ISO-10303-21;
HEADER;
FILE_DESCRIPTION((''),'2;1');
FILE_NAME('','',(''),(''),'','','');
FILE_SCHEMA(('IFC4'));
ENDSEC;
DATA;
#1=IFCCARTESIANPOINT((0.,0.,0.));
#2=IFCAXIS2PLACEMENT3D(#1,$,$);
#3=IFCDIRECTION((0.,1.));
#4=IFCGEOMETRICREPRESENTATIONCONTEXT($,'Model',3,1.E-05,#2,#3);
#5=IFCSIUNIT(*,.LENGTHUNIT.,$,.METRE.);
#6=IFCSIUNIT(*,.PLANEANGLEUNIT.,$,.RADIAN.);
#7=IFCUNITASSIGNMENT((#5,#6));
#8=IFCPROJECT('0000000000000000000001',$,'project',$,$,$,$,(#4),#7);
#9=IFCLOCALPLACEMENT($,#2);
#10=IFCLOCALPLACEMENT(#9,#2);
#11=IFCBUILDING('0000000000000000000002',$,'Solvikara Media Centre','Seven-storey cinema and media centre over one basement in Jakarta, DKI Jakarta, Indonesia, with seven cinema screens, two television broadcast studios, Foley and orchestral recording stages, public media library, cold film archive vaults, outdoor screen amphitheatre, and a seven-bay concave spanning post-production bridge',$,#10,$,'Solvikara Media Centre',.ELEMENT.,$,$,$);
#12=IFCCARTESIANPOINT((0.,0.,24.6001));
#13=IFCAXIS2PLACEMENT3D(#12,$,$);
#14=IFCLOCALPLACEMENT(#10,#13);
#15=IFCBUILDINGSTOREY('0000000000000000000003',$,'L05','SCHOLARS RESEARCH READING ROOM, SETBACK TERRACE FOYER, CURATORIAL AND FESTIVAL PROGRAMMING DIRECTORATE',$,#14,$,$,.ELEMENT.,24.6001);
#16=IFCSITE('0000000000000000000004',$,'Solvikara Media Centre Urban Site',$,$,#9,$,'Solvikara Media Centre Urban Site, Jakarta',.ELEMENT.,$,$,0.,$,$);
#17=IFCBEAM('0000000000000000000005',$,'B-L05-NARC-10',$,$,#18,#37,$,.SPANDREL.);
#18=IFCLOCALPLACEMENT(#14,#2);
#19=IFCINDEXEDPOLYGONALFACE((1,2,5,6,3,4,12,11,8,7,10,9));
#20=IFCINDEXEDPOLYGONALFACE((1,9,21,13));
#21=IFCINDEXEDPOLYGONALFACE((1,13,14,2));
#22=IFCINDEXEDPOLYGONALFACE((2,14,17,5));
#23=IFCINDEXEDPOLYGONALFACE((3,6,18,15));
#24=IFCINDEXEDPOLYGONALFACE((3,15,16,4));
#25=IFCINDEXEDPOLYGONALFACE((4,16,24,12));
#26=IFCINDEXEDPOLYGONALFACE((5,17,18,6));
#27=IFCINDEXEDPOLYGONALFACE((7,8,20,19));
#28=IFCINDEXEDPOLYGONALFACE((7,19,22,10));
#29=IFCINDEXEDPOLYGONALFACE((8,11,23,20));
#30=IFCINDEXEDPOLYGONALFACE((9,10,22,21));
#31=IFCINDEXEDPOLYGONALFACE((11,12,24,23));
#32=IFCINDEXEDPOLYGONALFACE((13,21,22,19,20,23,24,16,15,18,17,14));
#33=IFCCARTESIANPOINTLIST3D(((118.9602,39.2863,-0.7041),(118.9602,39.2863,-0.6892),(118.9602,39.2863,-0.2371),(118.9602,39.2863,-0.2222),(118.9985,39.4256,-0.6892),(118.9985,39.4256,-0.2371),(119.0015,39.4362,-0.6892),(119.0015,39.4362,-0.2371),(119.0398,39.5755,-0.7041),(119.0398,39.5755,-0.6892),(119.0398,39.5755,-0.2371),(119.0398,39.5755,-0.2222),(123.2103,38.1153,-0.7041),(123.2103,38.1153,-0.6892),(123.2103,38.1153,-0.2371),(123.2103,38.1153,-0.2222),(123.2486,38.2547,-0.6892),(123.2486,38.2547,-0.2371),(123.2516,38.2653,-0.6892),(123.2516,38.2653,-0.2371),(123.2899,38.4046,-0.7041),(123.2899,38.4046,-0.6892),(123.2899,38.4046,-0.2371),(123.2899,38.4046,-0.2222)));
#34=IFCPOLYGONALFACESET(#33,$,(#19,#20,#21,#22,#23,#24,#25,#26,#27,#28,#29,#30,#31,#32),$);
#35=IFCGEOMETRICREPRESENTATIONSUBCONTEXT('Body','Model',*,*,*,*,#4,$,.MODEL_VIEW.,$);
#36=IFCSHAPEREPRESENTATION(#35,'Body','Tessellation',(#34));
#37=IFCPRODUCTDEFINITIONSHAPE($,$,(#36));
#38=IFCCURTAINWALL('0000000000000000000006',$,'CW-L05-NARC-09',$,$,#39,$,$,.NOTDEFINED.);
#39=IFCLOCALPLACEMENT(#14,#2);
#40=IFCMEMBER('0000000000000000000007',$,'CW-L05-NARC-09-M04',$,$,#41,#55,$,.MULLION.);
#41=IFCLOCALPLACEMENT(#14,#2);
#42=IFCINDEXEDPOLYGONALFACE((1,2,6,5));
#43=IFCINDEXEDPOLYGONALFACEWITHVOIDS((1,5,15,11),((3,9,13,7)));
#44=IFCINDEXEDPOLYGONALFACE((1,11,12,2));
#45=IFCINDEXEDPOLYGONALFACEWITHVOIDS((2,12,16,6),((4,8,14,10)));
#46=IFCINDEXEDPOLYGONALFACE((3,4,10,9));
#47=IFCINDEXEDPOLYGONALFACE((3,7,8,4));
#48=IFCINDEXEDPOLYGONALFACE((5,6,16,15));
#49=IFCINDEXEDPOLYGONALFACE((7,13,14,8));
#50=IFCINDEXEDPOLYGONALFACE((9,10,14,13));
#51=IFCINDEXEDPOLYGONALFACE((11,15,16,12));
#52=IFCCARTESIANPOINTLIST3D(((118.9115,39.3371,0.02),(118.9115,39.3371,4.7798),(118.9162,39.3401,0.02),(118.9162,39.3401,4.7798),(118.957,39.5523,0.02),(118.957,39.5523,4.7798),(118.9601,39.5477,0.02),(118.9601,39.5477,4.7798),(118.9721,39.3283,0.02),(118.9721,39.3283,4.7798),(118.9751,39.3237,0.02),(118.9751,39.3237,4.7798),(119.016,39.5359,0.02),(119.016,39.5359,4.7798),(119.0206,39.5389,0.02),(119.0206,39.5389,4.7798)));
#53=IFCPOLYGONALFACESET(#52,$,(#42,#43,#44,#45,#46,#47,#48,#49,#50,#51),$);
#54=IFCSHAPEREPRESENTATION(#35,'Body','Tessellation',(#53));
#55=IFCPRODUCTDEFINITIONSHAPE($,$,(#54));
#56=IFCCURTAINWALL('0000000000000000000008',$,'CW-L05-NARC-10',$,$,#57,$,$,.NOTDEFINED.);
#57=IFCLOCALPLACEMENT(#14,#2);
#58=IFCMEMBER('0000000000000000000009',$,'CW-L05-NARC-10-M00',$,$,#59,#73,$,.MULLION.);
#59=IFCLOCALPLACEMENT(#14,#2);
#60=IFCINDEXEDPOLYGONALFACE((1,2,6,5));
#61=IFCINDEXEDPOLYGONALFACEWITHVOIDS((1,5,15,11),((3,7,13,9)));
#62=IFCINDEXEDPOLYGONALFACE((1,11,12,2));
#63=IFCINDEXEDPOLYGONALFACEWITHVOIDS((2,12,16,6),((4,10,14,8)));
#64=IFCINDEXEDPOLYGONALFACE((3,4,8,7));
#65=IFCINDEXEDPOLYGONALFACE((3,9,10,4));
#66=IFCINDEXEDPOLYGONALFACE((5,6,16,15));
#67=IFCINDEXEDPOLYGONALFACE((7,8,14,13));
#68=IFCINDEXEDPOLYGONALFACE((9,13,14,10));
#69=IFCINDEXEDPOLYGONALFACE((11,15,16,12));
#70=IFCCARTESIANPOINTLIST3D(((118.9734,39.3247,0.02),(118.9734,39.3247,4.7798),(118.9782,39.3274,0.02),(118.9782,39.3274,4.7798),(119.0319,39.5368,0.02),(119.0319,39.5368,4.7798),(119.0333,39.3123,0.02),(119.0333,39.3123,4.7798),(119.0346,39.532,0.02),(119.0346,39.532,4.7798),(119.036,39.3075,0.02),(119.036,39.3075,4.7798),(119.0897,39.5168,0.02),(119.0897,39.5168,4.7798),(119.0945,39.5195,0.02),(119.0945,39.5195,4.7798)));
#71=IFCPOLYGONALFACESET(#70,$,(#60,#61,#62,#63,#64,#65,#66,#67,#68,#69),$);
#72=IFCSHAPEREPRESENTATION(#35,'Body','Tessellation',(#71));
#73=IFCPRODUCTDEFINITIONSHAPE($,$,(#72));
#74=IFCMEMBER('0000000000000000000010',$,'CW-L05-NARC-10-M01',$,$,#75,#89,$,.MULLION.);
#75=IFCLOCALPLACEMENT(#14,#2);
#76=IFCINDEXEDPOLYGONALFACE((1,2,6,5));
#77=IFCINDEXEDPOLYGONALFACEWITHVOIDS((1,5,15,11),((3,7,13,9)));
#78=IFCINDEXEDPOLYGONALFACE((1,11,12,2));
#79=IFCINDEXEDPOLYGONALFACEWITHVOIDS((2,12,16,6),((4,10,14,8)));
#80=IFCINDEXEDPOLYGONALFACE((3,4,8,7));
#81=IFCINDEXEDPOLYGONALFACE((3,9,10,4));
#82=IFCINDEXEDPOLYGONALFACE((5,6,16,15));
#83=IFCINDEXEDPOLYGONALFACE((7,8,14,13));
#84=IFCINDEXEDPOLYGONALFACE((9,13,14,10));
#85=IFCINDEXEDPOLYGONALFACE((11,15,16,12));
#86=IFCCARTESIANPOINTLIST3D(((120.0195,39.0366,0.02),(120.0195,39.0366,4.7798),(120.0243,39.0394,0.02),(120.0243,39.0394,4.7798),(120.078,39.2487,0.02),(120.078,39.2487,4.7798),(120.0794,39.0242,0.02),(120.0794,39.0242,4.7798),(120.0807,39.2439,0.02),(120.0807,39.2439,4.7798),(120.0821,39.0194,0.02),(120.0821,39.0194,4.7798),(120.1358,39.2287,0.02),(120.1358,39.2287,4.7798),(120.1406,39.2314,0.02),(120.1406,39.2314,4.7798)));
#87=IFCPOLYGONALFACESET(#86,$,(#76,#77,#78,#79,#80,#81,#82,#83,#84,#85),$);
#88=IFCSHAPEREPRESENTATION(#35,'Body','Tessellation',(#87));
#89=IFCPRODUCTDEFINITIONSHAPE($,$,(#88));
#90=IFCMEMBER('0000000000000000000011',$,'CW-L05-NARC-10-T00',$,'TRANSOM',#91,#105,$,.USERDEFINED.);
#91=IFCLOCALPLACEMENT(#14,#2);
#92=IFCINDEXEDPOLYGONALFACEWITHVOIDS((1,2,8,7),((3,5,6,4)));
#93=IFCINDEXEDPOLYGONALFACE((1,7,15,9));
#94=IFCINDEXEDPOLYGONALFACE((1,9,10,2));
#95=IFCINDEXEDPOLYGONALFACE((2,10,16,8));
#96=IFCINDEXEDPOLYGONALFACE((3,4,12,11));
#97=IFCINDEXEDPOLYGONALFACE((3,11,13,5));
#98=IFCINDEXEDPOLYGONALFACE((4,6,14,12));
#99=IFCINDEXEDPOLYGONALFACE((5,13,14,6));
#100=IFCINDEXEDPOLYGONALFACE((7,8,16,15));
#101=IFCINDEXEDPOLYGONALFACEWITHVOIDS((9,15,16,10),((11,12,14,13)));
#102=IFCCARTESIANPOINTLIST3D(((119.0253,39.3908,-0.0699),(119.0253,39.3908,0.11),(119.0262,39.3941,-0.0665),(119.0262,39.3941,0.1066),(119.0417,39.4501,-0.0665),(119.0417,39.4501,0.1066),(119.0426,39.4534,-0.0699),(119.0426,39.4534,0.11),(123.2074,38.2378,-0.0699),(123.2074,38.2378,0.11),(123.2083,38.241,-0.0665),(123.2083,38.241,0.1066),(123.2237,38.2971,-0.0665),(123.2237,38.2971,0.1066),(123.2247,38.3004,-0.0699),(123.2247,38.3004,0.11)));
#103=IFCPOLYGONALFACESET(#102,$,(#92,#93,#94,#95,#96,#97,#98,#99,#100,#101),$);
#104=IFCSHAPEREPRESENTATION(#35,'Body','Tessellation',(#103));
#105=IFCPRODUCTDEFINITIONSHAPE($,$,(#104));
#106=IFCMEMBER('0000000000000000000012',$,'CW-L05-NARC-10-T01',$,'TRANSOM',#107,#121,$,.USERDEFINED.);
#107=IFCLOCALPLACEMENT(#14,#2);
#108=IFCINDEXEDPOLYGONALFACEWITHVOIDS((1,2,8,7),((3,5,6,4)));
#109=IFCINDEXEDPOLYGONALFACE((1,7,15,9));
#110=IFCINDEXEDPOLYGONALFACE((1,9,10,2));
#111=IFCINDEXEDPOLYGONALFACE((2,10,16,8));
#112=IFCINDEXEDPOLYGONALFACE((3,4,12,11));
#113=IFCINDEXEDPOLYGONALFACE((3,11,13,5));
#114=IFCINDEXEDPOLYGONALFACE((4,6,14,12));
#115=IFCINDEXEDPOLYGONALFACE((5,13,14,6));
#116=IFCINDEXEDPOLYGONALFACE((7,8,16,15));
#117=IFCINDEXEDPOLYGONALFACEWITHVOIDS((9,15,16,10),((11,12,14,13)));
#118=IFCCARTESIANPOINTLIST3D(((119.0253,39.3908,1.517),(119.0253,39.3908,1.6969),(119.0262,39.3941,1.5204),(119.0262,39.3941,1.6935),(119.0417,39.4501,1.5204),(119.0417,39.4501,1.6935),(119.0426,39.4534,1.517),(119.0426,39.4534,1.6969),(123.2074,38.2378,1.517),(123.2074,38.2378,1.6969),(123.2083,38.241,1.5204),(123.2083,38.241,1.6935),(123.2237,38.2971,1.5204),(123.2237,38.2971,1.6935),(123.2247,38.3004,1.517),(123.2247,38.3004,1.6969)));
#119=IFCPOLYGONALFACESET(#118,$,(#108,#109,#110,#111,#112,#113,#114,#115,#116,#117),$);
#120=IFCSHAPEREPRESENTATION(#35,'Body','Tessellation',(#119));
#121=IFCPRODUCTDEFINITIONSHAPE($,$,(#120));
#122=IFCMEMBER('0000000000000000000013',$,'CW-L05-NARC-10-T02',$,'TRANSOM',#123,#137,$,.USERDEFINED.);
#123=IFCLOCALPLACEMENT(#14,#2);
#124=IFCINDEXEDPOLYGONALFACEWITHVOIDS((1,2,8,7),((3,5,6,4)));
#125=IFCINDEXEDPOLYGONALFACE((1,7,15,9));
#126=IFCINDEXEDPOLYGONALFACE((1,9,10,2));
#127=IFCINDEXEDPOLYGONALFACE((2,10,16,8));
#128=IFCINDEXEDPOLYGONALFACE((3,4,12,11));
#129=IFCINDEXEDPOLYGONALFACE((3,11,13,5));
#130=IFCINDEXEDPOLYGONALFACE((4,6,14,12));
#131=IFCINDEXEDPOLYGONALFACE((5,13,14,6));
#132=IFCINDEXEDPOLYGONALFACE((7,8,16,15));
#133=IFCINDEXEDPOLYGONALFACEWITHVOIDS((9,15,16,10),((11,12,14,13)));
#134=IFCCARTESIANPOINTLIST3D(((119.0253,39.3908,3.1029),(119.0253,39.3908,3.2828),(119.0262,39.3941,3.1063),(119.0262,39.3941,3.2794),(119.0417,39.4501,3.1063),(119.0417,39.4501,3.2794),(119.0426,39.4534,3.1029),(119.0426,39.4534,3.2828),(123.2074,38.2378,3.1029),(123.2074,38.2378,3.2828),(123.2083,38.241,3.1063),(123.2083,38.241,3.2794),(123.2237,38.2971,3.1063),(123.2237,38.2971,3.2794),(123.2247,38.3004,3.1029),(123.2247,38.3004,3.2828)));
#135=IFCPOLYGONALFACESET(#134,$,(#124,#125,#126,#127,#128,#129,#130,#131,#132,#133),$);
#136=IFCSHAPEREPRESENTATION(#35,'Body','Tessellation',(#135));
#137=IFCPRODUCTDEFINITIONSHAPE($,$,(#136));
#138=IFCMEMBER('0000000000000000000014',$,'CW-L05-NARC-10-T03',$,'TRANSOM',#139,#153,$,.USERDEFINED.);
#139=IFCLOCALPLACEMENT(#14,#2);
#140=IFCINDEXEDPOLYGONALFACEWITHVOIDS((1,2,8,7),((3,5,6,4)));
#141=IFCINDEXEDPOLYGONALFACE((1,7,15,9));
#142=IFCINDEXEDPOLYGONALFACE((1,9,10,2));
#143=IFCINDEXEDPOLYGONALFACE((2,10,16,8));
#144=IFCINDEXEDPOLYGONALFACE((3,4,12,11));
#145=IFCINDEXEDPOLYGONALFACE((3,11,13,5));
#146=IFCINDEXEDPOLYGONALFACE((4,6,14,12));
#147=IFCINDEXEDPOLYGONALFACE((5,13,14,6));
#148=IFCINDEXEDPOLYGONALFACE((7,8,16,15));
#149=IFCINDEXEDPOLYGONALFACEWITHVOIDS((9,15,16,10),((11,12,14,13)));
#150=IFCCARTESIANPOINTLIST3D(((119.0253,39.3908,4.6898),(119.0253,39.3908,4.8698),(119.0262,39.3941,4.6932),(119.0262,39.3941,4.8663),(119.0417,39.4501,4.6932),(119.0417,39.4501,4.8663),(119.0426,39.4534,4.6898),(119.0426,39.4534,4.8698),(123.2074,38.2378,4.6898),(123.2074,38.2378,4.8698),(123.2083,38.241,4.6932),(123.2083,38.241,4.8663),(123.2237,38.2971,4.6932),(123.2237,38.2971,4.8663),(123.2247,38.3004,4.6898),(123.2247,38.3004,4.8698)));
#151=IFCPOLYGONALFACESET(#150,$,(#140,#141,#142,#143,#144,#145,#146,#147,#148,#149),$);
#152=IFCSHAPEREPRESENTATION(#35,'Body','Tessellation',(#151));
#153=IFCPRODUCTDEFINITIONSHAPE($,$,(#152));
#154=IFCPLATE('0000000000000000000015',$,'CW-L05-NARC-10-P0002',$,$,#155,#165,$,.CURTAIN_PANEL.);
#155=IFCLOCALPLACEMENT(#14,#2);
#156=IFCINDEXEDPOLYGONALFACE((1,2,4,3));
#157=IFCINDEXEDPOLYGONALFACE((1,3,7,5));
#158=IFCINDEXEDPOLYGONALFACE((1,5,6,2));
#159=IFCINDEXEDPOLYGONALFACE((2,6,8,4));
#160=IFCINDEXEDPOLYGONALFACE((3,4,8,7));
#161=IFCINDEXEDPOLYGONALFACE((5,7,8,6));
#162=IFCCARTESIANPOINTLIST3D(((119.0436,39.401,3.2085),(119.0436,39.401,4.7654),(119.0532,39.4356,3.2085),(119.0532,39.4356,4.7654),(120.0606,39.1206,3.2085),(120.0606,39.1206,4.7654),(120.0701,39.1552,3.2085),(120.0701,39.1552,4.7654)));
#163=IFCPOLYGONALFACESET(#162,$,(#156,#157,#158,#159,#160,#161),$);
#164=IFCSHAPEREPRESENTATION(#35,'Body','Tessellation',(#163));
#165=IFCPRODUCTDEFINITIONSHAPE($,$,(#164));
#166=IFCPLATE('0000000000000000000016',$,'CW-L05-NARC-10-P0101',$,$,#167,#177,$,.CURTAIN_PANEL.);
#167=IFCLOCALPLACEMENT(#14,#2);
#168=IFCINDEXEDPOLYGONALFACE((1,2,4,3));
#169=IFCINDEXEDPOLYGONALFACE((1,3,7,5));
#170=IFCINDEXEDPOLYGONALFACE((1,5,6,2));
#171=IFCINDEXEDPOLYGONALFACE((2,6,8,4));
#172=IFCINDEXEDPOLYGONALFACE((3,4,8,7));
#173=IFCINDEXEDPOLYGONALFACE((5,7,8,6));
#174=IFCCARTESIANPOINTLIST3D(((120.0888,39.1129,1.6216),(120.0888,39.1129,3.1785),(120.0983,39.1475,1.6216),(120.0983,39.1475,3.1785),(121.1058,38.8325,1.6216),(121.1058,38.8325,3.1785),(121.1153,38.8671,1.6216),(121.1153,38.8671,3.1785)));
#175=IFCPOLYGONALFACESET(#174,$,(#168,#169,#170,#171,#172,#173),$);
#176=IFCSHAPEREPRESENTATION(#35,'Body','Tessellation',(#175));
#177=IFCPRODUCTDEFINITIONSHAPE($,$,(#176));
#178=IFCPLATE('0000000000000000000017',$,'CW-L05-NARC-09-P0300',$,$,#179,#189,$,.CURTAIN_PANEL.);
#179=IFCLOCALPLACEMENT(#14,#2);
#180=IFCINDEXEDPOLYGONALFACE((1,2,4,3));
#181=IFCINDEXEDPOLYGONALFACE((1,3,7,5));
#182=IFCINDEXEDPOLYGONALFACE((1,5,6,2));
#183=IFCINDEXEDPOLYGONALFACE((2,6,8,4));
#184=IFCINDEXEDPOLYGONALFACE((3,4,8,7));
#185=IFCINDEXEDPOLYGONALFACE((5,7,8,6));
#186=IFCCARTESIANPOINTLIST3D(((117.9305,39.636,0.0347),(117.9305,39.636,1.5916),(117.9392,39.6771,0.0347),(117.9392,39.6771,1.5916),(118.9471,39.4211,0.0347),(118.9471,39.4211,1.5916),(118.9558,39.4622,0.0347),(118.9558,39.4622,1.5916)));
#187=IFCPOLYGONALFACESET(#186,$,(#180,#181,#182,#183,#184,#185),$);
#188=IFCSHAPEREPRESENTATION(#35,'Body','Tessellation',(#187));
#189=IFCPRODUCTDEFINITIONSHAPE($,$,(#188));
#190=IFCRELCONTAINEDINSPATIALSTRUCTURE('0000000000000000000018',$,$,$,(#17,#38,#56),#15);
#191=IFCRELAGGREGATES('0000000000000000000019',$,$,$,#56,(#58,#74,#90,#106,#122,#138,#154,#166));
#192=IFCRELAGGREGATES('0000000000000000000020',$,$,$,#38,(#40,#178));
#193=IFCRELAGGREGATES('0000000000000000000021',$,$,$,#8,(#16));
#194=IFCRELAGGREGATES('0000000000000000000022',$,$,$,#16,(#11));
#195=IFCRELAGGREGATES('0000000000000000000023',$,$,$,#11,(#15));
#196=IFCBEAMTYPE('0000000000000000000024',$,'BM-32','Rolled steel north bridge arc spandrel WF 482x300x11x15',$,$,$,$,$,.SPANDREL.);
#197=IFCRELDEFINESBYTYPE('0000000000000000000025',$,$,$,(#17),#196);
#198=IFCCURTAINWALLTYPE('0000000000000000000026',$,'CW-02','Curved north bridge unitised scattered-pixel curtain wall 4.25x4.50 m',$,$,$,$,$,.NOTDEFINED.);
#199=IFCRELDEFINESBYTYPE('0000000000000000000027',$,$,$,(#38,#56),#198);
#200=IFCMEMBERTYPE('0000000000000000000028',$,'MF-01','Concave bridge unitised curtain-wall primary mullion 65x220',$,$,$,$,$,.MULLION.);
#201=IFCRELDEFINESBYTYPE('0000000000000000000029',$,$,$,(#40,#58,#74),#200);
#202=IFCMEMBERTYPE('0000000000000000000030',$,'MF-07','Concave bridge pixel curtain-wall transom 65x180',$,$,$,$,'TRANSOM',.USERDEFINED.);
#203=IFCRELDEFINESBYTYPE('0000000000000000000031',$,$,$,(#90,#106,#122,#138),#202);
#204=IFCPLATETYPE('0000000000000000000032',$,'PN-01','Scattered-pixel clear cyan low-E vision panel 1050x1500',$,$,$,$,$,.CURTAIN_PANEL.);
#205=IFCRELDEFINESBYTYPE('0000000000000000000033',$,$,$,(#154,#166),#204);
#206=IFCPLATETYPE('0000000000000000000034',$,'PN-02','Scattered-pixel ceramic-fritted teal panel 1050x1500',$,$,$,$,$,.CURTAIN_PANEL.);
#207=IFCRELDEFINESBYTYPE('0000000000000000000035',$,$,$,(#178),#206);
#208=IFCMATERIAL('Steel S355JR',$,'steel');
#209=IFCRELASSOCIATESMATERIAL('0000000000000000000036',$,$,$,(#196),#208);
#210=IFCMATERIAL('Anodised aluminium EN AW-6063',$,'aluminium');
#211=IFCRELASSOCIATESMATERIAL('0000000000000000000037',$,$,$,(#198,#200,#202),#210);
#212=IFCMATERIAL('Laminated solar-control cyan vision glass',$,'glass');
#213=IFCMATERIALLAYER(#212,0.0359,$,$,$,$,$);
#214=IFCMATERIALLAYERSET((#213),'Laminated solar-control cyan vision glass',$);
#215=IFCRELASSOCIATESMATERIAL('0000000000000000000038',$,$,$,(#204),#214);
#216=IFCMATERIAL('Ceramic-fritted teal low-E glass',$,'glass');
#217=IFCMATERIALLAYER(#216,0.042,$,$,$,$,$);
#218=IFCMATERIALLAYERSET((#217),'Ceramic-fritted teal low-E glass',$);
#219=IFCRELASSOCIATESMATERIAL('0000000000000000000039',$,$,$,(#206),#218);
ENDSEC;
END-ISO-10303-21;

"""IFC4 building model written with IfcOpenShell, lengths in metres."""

from ifc_helpers import new_model, si_unit, direction, frame, origin, origin_2d, place, context, subcontext, project, spatial, rectangle, hollow_rectangle, i_section, extrude, material, layer, layer_set, material_profile, profile_set, type_object, element, aggregate, save


model = new_model("IFC4")

# Units and contexts
model_context = context("Model", 3, precision=1e-05, world=origin(), true_north=direction((0.0, 1.0)))
body_context = subcontext(model_context, "Body", "Model", "MODEL_VIEW")
ifc_project = project(units=[si_unit("LENGTHUNIT", "METRE"), si_unit("PLANEANGLEUNIT", "RADIAN")], contexts=[model_context])

# Site, building, storey
site_placement = place(None, origin())
site = spatial("IfcSite", under=ifc_project, at=site_placement, Name="Solvikara Media Centre Urban Site", LongName="Solvikara Media Centre Urban Site, Jakarta", CompositionType="ELEMENT", RefElevation=0.0)
building_placement = place(site_placement, origin())
building = spatial("IfcBuilding", under=site, at=building_placement, Name="Solvikara Media Centre", Description="Seven-storey cinema and media centre over one basement in Jakarta, DKI Jakarta, Indonesia, with seven cinema screens, two television broadcast studios, Foley and orchestral recording stages, public media library, cold film archive vaults, outdoor screen amphitheatre, and a seven-bay concave spanning post-production bridge", LongName="Solvikara Media Centre", CompositionType="ELEMENT")
storey_placement = place(building_placement, frame((0.0, 0.0, 24.6001)))
storey = spatial("IfcBuildingStorey", under=building, at=storey_placement, Name="L05", Description="SCHOLARS RESEARCH READING ROOM, SETBACK TERRACE FOYER, CURATORIAL AND FESTIVAL PROGRAMMING DIRECTORATE", CompositionType="ELEMENT", Elevation=24.6001)

# Beam
ifc_material_1 = material(Name="Steel S355JR", Category="steel")
ifc_material_profile_1 = material_profile(ifc_material_1, i_section(OverallWidth=0.3, OverallDepth=0.4819, WebThickness=0.011, FlangeThickness=0.0149, at=origin_2d()), Name="WF 482x300x11x15")
ifc_profile_set_1 = profile_set([ifc_material_profile_1], Name="Steel S355JR")
beam_type = type_object("IfcBeamType", Name="BM-32", Description="Rolled steel north bridge arc spandrel WF 482x300x11x15", PredefinedType="SPANDREL", material=ifc_profile_set_1)
beam_placement = place(storey_placement, frame((119.0, 39.4309, -0.4631), z_axis=(0.964081, -0.26561, 0.0), x_axis=(0.26561, 0.964081, 0.0)))
element("IfcBeam", 1, at=beam_placement, inside=storey, type_object=beam_type, Name="B-L05-NARC-10", PredefinedType="SPANDREL", context=body_context, shape_type="SweptSolid", body=[
    extrude(i_section(OverallWidth=0.3, OverallDepth=0.4819, WebThickness=0.011, FlangeThickness=0.0149, at=origin_2d()), origin(), (0.0, 0.0, 1.0), 4.4084),
])

# Curtain wall, member
ifc_material_2 = material(Name="Anodised aluminium EN AW-6063", Category="aluminium")
curtain_wall_type = type_object("IfcCurtainWallType", Name="CW-02", Description="Curved north bridge unitised scattered-pixel curtain wall 4.25x4.50 m", PredefinedType="NOTDEFINED", material=ifc_material_2)
curtain_wall_1_placement = place(storey_placement, origin())
curtain_wall_1 = element("IfcCurtainWall", 2, at=curtain_wall_1_placement, inside=storey, type_object=curtain_wall_type, Name="CW-L05-NARC-09", PredefinedType="NOTDEFINED")
ifc_material_profile_2 = material_profile(ifc_material_2, hollow_rectangle(XDim=0.0649, YDim=0.22, WallThickness=0.0039, at=origin_2d()), Name="ALU-M 65x220x4")
ifc_profile_set_2 = profile_set([ifc_material_profile_2], Name="Anodised aluminium EN AW-6063")
member_type_1 = type_object("IfcMemberType", Name="MF-01", Description="Concave bridge unitised curtain-wall primary mullion 65x220", PredefinedType="MULLION", material=ifc_profile_set_2)
member_1_placement = place(storey_placement, frame((118.9661, 39.438, 0.02), z_axis=(0.0, 0.0, 1.0), x_axis=(0.978379, -0.206819, 0.0)))
member_1 = element("IfcMember", 3, at=member_1_placement, type_object=member_type_1, Name="CW-L05-NARC-09-M04", PredefinedType="MULLION", context=body_context, shape_type="SweptSolid", body=[
    extrude(hollow_rectangle(XDim=0.0649, YDim=0.22, WallThickness=0.0039, at=origin_2d()), origin(), (0.0, 0.0, 1.0), 4.7598),
])

# Curtain wall, members, plates
curtain_wall_2_placement = place(storey_placement, origin())
curtain_wall_2 = element("IfcCurtainWall", 4, at=curtain_wall_2_placement, inside=storey, type_object=curtain_wall_type, Name="CW-L05-NARC-10", PredefinedType="NOTDEFINED")
member_2_placement = place(storey_placement, frame((119.0339, 39.4221, 0.02), z_axis=(0.0, 0.0, 1.0), x_axis=(0.96403, -0.265792, 0.0)))
member_2 = element("IfcMember", 5, at=member_2_placement, type_object=member_type_1, Name="CW-L05-NARC-10-M00", PredefinedType="MULLION", context=body_context, shape_type="SweptSolid", body=[
    extrude(hollow_rectangle(XDim=0.0649, YDim=0.22, WallThickness=0.0039, at=origin_2d()), origin(), (0.0, 0.0, 1.0), 4.7598),
])
member_3_placement = place(storey_placement, frame((120.0801, 39.134, 0.02), z_axis=(0.0, 0.0, 1.0), x_axis=(0.96403, -0.265792, 0.0)))
member_3 = element("IfcMember", 6, at=member_3_placement, type_object=member_type_1, Name="CW-L05-NARC-10-M01", PredefinedType="MULLION", context=body_context, shape_type="SweptSolid", body=[
    extrude(hollow_rectangle(XDim=0.0649, YDim=0.22, WallThickness=0.0039, at=origin_2d()), origin(), (0.0, 0.0, 1.0), 4.7598),
])
ifc_material_profile_3 = material_profile(ifc_material_2, hollow_rectangle(XDim=0.0649, YDim=0.1799, WallThickness=0.0034, at=origin_2d()), Name="ALU-T 65x180x3.5")
ifc_profile_set_3 = profile_set([ifc_material_profile_3], Name="Anodised aluminium EN AW-6063")
member_type_2 = type_object("IfcMemberType", Name="MF-07", Description="Concave bridge pixel curtain-wall transom 65x180", ElementType="TRANSOM", PredefinedType="USERDEFINED", material=ifc_profile_set_3)
member_4_placement = place(storey_placement, frame((119.0339, 39.4221, 0.02), z_axis=(0.964029, -0.265797, 0.0), x_axis=(0.265797, 0.964029, 0.0)))
member_4 = element("IfcMember", 7, at=member_4_placement, type_object=member_type_2, Name="CW-L05-NARC-10-T00", ObjectType="TRANSOM", PredefinedType="USERDEFINED", context=body_context, shape_type="SweptSolid", body=[
    extrude(hollow_rectangle(XDim=0.0649, YDim=0.1799, WallThickness=0.0034, at=origin_2d()), origin(), (0.0, 0.0, 1.0), 4.3381),
])
member_5_placement = place(storey_placement, frame((119.0339, 39.4221, 1.6069), z_axis=(0.964029, -0.265797, 0.0), x_axis=(0.265797, 0.964029, 0.0)))
member_5 = element("IfcMember", 8, at=member_5_placement, type_object=member_type_2, Name="CW-L05-NARC-10-T01", ObjectType="TRANSOM", PredefinedType="USERDEFINED", context=body_context, shape_type="SweptSolid", body=[
    extrude(hollow_rectangle(XDim=0.0649, YDim=0.1799, WallThickness=0.0034, at=origin_2d()), origin(), (0.0, 0.0, 1.0), 4.3381),
])
member_6_placement = place(storey_placement, frame((119.0339, 39.4221, 3.1929), z_axis=(0.964029, -0.265797, 0.0), x_axis=(0.265797, 0.964029, 0.0)))
member_6 = element("IfcMember", 9, at=member_6_placement, type_object=member_type_2, Name="CW-L05-NARC-10-T02", ObjectType="TRANSOM", PredefinedType="USERDEFINED", context=body_context, shape_type="SweptSolid", body=[
    extrude(hollow_rectangle(XDim=0.0649, YDim=0.1799, WallThickness=0.0034, at=origin_2d()), origin(), (0.0, 0.0, 1.0), 4.3381),
])
member_7_placement = place(storey_placement, frame((119.0339, 39.4221, 4.7798), z_axis=(0.964029, -0.265797, 0.0), x_axis=(0.265797, 0.964029, 0.0)))
member_7 = element("IfcMember", 10, at=member_7_placement, type_object=member_type_2, Name="CW-L05-NARC-10-T03", ObjectType="TRANSOM", PredefinedType="USERDEFINED", context=body_context, shape_type="SweptSolid", body=[
    extrude(hollow_rectangle(XDim=0.0649, YDim=0.1799, WallThickness=0.0034, at=origin_2d()), origin(), (0.0, 0.0, 1.0), 4.3381),
])
ifc_material_3 = material(Name="Laminated solar-control cyan vision glass", Category="glass")
ifc_layer_1 = layer(ifc_material_3, 0.0359)
ifc_layer_set_1 = layer_set([ifc_layer_1], Name="Laminated solar-control cyan vision glass")
plate_type_1 = type_object("IfcPlateType", Name="PN-01", Description="Scattered-pixel clear cyan low-E vision panel 1050x1500", PredefinedType="CURTAIN_PANEL", material=ifc_layer_set_1)
plate_1_placement = place(storey_placement, frame((119.5569, 39.2781, 3.2085), z_axis=(0.0, 0.0, 1.0), x_axis=(0.96403, -0.265792, 0.0)))
plate_1 = element("IfcPlate", 11, at=plate_1_placement, type_object=plate_type_1, Name="CW-L05-NARC-10-P0002", PredefinedType="CURTAIN_PANEL", context=body_context, shape_type="SweptSolid", body=[
    extrude(rectangle(XDim=1.0549, YDim=0.0359, at=origin_2d()), origin(), (0.0, 0.0, 1.0), 1.5569),
])
plate_2_placement = place(storey_placement, frame((120.6021, 38.99, 1.6216), z_axis=(0.0, 0.0, 1.0), x_axis=(0.96403, -0.265792, 0.0)))
plate_2 = element("IfcPlate", 12, at=plate_2_placement, type_object=plate_type_1, Name="CW-L05-NARC-10-P0101", PredefinedType="CURTAIN_PANEL", context=body_context, shape_type="SweptSolid", body=[
    extrude(rectangle(XDim=1.0549, YDim=0.0359, at=origin_2d()), origin(), (0.0, 0.0, 1.0), 1.5569),
])

# Plate
ifc_material_4 = material(Name="Ceramic-fritted teal low-E glass", Category="glass")
ifc_layer_2 = layer(ifc_material_4, 0.042)
ifc_layer_set_2 = layer_set([ifc_layer_2], Name="Ceramic-fritted teal low-E glass")
plate_type_2 = type_object("IfcPlateType", Name="PN-02", Description="Scattered-pixel ceramic-fritted teal panel 1050x1500", PredefinedType="CURTAIN_PANEL", material=ifc_layer_set_2)
plate_3_placement = place(storey_placement, frame((118.4431, 39.5491, 0.0347), z_axis=(0.0, 0.0, 1.0), x_axis=(0.978379, -0.206819, 0.0)))
plate_3 = element("IfcPlate", 13, at=plate_3_placement, type_object=plate_type_2, Name="CW-L05-NARC-09-P0300", PredefinedType="CURTAIN_PANEL", context=body_context, shape_type="SweptSolid", body=[
    extrude(rectangle(XDim=1.0391, YDim=0.042, at=origin_2d()), origin(), (0.0, 0.0, 1.0), 1.5569),
])
aggregate(curtain_wall_2, [member_2, member_3, member_4, member_5, member_6, member_7, plate_1, plate_2])
aggregate(curtain_wall_1, [member_1, plate_3])

save(model, "model.ifc")
